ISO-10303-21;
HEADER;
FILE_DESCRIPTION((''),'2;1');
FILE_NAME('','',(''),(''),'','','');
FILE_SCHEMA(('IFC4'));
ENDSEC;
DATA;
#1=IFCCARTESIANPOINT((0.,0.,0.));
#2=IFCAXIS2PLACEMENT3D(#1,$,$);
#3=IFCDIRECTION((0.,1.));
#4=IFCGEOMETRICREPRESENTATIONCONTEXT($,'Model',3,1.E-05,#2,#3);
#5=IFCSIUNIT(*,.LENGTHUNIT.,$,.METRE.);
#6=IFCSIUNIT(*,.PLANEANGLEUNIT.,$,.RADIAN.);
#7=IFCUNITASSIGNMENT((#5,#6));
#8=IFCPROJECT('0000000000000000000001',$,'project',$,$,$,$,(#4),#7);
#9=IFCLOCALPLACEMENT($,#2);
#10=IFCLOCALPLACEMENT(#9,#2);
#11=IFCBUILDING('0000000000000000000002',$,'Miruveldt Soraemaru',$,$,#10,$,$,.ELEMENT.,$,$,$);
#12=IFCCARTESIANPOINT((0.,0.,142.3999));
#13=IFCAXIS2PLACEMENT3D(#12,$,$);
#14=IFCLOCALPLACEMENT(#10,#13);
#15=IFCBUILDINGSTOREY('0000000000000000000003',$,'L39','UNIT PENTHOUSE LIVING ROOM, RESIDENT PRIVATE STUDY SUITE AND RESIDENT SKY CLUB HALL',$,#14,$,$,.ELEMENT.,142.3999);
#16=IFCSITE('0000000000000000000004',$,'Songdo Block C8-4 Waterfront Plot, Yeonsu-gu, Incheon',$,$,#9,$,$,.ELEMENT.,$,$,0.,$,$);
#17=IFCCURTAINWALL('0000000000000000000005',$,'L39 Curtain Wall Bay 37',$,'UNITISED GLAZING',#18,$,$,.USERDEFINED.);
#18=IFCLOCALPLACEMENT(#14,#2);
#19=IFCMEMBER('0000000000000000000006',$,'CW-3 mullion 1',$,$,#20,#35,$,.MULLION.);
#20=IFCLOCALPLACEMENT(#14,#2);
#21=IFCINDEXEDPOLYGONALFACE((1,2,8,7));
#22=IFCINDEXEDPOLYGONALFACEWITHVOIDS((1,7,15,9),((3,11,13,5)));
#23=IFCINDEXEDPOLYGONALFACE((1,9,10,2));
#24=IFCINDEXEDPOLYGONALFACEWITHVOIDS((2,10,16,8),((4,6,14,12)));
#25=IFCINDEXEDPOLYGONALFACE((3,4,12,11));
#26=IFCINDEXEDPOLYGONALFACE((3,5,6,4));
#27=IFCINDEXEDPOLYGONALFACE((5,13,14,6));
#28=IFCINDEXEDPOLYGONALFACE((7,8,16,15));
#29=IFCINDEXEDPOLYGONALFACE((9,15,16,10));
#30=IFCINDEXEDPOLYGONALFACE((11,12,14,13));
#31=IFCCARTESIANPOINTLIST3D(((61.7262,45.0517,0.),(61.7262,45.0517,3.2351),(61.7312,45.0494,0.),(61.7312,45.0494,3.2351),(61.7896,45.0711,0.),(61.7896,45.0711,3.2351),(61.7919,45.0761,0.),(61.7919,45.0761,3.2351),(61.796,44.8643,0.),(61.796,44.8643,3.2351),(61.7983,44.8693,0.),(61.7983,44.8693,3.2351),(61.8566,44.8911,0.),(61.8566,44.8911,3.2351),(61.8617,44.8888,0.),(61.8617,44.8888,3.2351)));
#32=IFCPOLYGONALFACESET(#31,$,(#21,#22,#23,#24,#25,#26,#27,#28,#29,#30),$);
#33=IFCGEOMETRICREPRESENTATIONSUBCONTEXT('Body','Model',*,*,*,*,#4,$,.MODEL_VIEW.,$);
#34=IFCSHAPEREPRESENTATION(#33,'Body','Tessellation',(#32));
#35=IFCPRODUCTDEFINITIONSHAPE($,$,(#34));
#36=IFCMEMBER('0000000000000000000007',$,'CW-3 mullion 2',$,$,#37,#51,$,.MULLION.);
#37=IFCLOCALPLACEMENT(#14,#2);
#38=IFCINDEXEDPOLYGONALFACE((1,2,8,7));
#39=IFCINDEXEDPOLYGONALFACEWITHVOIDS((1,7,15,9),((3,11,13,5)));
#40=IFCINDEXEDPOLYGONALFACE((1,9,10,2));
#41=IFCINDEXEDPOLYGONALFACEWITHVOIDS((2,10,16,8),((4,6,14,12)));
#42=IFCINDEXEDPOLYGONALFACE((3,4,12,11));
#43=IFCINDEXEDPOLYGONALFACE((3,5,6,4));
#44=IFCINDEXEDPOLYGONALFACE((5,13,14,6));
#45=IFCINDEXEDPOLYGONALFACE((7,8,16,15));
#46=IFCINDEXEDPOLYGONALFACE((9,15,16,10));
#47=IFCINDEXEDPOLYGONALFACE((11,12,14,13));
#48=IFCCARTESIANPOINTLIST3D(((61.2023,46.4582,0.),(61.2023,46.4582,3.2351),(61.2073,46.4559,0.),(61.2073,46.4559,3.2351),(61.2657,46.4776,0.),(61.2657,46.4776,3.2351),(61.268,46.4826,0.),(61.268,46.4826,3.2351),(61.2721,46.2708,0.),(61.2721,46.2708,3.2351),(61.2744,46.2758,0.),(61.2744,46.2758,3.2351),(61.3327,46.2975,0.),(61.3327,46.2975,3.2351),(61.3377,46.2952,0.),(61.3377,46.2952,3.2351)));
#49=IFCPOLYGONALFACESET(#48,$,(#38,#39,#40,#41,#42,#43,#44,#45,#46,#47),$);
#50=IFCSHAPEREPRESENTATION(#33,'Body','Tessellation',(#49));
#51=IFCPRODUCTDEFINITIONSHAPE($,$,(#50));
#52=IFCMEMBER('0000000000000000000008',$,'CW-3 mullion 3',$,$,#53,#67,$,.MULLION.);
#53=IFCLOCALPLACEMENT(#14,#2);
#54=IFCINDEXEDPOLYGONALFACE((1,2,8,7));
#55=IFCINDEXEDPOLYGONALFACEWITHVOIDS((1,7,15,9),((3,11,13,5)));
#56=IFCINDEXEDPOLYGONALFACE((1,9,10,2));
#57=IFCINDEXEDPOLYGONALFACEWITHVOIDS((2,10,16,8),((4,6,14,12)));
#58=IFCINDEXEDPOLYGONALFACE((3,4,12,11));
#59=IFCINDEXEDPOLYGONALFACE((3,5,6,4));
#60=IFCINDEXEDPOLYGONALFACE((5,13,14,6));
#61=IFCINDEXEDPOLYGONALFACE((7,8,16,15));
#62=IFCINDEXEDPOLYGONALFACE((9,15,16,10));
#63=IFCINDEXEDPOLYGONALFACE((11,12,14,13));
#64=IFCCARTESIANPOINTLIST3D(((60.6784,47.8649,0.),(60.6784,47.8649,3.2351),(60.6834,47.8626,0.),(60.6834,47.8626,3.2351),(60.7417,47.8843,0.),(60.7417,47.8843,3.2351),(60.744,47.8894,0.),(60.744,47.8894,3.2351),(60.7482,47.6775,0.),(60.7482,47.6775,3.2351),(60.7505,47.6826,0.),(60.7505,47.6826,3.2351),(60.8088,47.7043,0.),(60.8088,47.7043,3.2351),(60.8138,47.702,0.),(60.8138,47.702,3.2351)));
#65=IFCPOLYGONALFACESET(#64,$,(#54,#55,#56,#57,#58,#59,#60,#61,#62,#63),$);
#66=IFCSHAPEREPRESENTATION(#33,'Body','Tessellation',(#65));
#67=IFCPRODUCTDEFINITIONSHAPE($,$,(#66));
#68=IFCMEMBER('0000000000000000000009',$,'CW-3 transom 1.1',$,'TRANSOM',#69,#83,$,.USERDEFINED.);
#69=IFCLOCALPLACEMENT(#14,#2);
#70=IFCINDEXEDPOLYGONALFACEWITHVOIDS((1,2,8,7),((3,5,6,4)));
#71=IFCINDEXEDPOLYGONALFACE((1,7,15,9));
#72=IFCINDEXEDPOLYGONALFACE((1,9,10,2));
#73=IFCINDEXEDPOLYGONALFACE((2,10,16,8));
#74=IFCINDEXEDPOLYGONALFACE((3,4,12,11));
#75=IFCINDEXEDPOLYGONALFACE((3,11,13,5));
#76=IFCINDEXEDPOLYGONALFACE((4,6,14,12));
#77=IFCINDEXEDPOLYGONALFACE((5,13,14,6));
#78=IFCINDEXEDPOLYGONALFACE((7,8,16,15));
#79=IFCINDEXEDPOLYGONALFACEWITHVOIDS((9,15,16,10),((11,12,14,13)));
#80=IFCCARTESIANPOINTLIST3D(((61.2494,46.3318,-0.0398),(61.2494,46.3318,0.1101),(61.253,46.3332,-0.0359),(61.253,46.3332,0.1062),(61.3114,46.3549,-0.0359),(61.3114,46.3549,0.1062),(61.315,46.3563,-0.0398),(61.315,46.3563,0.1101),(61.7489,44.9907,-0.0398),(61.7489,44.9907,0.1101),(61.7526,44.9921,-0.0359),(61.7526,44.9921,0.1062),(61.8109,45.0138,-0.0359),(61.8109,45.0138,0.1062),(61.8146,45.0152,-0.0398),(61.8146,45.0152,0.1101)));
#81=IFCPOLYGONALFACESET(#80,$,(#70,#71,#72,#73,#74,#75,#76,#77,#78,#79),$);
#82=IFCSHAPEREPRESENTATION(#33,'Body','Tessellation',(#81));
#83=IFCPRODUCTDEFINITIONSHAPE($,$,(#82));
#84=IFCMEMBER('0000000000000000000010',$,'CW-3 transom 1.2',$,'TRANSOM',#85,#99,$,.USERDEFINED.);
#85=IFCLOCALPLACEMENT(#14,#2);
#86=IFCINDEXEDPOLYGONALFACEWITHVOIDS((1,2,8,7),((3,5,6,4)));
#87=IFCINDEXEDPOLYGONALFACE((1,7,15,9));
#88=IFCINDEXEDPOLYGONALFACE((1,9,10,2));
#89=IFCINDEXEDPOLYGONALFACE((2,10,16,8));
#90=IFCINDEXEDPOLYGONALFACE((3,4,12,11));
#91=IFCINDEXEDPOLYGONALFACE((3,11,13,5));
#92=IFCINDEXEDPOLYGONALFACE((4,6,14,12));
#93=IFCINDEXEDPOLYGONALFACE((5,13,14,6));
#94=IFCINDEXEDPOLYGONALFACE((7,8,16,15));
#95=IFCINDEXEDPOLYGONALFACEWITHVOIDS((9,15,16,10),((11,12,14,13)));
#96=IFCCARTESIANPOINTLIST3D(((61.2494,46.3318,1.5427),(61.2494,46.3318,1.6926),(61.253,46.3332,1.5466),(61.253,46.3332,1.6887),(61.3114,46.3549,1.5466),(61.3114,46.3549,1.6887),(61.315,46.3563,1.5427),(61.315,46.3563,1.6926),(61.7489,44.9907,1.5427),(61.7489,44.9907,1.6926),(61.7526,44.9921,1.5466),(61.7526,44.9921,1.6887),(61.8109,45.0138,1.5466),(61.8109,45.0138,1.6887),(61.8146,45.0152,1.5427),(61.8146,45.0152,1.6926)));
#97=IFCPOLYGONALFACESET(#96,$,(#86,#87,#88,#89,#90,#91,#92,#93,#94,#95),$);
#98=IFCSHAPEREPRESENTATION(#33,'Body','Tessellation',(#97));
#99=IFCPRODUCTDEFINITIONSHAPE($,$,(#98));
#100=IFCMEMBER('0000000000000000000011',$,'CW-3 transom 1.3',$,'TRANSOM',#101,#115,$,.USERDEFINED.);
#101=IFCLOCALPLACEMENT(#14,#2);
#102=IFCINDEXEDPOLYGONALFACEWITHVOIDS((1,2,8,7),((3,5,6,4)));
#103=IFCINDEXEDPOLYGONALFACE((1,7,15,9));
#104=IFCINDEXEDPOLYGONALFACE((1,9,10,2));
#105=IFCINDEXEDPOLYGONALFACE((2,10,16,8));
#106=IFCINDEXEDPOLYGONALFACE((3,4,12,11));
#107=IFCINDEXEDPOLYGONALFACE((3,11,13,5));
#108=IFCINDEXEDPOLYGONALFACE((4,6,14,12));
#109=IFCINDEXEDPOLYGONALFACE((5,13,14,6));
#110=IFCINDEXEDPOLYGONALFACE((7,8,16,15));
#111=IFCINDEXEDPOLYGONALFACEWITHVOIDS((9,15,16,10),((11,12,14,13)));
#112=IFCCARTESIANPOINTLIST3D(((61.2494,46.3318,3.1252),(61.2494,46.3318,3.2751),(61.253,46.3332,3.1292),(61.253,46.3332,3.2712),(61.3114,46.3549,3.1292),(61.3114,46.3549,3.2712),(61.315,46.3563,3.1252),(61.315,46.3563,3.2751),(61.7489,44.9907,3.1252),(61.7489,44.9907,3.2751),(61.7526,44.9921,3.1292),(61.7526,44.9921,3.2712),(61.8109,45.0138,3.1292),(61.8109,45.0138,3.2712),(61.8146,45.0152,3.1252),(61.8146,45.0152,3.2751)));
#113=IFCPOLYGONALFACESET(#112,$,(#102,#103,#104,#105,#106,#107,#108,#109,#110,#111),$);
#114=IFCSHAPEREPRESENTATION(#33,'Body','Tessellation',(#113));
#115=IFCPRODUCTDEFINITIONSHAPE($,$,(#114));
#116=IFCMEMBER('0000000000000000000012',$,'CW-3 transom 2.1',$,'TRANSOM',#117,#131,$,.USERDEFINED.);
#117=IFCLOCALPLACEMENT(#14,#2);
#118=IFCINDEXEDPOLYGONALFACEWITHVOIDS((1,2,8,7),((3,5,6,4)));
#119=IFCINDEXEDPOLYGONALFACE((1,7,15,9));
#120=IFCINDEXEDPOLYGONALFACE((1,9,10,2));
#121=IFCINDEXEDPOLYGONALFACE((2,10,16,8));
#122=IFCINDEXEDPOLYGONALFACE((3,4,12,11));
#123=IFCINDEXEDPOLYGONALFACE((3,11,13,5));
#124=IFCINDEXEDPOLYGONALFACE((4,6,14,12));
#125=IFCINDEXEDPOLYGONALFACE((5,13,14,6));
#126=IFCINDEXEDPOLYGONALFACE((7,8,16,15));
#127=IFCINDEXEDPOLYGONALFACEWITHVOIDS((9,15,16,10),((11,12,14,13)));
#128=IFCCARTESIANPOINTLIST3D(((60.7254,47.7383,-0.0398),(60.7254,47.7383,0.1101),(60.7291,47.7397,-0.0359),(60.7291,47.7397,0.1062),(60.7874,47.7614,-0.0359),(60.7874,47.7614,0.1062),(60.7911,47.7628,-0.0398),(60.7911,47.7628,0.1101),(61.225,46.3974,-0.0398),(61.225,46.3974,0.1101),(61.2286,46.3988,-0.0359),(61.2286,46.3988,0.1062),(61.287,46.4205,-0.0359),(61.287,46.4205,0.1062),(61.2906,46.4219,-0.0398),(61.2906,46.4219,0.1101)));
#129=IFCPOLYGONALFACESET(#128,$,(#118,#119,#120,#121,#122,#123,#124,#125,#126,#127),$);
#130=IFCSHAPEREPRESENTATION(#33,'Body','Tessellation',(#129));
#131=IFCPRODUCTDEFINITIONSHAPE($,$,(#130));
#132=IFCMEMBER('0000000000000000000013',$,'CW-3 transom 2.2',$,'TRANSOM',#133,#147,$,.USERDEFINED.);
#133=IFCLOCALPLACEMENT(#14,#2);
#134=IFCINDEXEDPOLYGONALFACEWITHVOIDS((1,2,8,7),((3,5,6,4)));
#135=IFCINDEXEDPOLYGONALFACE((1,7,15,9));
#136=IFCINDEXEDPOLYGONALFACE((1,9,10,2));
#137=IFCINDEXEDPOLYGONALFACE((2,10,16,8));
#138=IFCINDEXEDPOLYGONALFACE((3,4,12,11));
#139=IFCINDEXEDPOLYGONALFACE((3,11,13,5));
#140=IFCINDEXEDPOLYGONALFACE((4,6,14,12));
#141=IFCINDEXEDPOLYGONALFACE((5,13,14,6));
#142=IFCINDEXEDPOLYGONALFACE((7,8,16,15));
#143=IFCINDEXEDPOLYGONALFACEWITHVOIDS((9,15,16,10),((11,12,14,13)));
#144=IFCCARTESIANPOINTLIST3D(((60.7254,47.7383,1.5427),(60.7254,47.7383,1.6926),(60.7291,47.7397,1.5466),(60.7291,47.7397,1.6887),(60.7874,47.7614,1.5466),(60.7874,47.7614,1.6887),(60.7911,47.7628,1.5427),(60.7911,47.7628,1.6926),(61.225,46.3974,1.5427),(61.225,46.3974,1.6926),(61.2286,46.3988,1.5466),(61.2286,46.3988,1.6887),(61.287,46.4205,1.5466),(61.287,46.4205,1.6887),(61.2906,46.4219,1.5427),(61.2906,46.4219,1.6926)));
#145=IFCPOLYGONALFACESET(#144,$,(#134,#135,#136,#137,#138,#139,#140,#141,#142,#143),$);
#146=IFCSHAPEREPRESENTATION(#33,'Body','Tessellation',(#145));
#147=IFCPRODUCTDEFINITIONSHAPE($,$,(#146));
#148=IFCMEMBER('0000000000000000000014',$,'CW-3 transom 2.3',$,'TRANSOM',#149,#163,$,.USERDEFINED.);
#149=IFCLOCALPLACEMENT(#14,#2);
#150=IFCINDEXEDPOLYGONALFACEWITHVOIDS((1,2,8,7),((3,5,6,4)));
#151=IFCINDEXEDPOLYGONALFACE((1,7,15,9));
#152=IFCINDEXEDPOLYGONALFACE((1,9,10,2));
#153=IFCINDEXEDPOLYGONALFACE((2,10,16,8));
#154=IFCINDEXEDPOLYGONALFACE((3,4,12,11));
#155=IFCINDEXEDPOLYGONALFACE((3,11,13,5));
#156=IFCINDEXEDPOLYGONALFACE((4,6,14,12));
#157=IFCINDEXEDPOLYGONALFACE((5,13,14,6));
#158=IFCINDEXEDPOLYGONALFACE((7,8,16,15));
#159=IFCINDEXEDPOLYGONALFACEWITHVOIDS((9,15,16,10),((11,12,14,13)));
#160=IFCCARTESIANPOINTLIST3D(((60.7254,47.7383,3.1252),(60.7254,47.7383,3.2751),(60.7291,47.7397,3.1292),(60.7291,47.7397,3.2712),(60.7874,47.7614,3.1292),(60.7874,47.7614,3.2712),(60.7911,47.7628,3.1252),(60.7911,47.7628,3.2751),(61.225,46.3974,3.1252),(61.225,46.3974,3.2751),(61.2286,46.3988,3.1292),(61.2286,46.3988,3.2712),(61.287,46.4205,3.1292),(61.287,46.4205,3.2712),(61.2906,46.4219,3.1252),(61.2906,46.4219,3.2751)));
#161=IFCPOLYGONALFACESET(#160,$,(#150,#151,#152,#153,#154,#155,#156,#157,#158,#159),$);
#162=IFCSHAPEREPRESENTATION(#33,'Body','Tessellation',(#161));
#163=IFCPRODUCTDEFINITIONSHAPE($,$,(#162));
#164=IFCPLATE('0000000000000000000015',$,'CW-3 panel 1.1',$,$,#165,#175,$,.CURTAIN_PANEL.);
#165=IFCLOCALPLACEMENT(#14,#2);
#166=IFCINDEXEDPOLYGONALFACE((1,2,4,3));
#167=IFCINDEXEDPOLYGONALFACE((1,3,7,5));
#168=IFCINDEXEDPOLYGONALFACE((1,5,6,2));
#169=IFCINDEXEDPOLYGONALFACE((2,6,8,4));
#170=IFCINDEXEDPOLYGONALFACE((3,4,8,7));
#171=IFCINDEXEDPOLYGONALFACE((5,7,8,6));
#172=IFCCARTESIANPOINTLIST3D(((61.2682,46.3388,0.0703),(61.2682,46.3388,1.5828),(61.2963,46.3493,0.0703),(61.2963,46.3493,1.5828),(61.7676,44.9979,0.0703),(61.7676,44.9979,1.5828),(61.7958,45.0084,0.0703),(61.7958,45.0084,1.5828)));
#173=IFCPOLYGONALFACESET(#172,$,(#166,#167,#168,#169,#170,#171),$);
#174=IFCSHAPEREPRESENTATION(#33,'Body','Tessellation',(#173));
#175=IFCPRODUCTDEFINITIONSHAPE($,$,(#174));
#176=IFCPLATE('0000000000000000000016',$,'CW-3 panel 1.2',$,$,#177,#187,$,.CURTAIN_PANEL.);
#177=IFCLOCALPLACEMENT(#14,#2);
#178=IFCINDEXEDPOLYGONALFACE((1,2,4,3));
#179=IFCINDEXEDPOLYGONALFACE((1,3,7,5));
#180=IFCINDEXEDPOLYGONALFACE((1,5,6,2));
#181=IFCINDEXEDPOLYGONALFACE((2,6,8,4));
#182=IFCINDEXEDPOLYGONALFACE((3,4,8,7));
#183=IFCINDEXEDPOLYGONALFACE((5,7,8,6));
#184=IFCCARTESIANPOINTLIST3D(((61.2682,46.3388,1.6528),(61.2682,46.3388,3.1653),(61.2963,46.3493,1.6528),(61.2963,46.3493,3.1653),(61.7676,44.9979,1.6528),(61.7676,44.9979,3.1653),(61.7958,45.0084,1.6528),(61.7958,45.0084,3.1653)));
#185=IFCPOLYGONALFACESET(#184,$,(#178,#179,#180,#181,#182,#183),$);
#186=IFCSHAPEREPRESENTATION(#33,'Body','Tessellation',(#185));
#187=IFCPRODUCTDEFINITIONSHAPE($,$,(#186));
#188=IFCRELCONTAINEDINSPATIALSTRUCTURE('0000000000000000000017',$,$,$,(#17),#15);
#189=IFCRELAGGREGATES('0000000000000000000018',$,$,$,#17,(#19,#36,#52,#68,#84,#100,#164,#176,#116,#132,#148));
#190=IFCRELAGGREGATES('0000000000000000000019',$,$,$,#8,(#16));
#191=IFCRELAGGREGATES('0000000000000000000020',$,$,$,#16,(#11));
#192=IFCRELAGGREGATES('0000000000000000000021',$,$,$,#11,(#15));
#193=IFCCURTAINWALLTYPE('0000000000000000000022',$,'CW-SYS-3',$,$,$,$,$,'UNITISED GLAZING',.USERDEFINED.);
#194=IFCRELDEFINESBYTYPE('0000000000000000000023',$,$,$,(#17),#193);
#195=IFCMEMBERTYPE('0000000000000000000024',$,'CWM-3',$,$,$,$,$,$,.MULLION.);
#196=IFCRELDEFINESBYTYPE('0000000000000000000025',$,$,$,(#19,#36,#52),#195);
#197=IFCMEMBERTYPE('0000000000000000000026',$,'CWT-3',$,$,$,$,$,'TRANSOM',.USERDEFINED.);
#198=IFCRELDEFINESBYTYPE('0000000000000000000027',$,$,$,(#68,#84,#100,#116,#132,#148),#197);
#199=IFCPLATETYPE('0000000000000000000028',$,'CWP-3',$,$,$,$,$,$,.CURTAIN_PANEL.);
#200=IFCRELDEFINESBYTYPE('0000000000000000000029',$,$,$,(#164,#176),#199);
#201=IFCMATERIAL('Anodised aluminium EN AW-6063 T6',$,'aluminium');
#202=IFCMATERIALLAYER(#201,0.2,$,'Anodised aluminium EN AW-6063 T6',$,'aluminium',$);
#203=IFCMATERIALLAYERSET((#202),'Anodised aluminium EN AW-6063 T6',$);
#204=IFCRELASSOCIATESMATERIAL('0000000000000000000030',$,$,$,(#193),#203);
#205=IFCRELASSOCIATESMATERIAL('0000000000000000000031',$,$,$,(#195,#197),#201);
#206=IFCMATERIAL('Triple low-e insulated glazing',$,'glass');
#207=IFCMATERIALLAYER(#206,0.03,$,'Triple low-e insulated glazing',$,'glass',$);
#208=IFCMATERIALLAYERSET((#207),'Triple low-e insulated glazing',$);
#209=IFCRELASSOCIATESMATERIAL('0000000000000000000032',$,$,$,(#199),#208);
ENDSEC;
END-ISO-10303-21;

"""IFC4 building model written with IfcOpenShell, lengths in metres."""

from ifc_helpers import new_model, si_unit, direction, frame, origin, origin_2d, place, context, subcontext, project, spatial, rectangle, hollow_rectangle, extrude, material, layer, layer_set, material_profile, profile_set, type_object, element, aggregate, save


model = new_model("IFC4")

# Units and contexts
model_context = context("Model", 3, precision=1e-05, world=origin(), true_north=direction((0.0, 1.0)))
body_context = subcontext(model_context, "Body", "Model", "MODEL_VIEW")
ifc_project = project(units=[si_unit("LENGTHUNIT", "METRE"), si_unit("PLANEANGLEUNIT", "RADIAN")], contexts=[model_context])

# Site, building, storey
site_placement = place(None, origin())
site = spatial("IfcSite", under=ifc_project, at=site_placement, Name="Songdo Block C8-4 Waterfront Plot, Yeonsu-gu, Incheon", CompositionType="ELEMENT", RefElevation=0.0)
building_placement = place(site_placement, origin())
building = spatial("IfcBuilding", under=site, at=building_placement, Name="Miruveldt Soraemaru", CompositionType="ELEMENT")
storey_placement = place(building_placement, frame((0.0, 0.0, 142.3999)))
storey = spatial("IfcBuildingStorey", under=building, at=storey_placement, Name="L39", Description="UNIT PENTHOUSE LIVING ROOM, RESIDENT PRIVATE STUDY SUITE AND RESIDENT SKY CLUB HALL", CompositionType="ELEMENT", Elevation=142.3999)

# Curtain wall, members, plates
ifc_material_1 = material(Name="Anodised aluminium EN AW-6063 T6", Category="aluminium")
ifc_layer_1 = layer(ifc_material_1, 0.2, Name="Anodised aluminium EN AW-6063 T6", Category="aluminium")
ifc_layer_set_1 = layer_set([ifc_layer_1], Name="Anodised aluminium EN AW-6063 T6")
curtain_wall_type = type_object("IfcCurtainWallType", Name="CW-SYS-3", ElementType="UNITISED GLAZING", PredefinedType="USERDEFINED", material=ifc_layer_set_1)
curtain_wall_placement = place(storey_placement, origin())
curtain_wall = element("IfcCurtainWall", 1, at=curtain_wall_placement, inside=storey, type_object=curtain_wall_type, Name="L39 Curtain Wall Bay 37", ObjectType="UNITISED GLAZING", PredefinedType="USERDEFINED")
ifc_material_profile_1 = material_profile(ifc_material_1, hollow_rectangle(XDim=0.0701, YDim=0.2, WallThickness=0.0039, at=origin_2d()), Name="Anodised aluminium EN AW-6063 T6", Category="aluminium")
ifc_profile_set_1 = profile_set([ifc_material_profile_1], Name="Anodised aluminium EN AW-6063 T6")
member_type_1 = type_object("IfcMemberType", Name="CWM-3", PredefinedType="MULLION", material=ifc_profile_set_1)
member_1_placement = place(storey_placement, frame((61.7939, 44.9702, 0.0), z_axis=(0.0, 0.0, 1.0), x_axis=(-0.937113, -0.349025, 0.0)))
member_1 = element("IfcMember", 2, at=member_1_placement, type_object=member_type_1, Name="CW-3 mullion 1", PredefinedType="MULLION", context=body_context, shape_type="SweptSolid", body=[
    extrude(hollow_rectangle(XDim=0.0701, YDim=0.2, WallThickness=0.0039, at=origin_2d()), origin(), (0.0, 0.0, 1.0), 3.2351),
])
member_2_placement = place(storey_placement, frame((61.27, 46.3767, 0.0), z_axis=(0.0, 0.0, 1.0), x_axis=(-0.937113, -0.349025, 0.0)))
member_2 = element("IfcMember", 3, at=member_2_placement, type_object=member_type_1, Name="CW-3 mullion 2", PredefinedType="MULLION", context=body_context, shape_type="SweptSolid", body=[
    extrude(hollow_rectangle(XDim=0.0701, YDim=0.2, WallThickness=0.0039, at=origin_2d()), origin(), (0.0, 0.0, 1.0), 3.2351),
])
member_3_placement = place(storey_placement, frame((60.7461, 47.7834, 0.0), z_axis=(0.0, 0.0, 1.0), x_axis=(-0.937113, -0.349025, 0.0)))
member_3 = element("IfcMember", 4, at=member_3_placement, type_object=member_type_1, Name="CW-3 mullion 3", PredefinedType="MULLION", context=body_context, shape_type="SweptSolid", body=[
    extrude(hollow_rectangle(XDim=0.0701, YDim=0.2, WallThickness=0.0039, at=origin_2d()), origin(), (0.0, 0.0, 1.0), 3.2351),
])
ifc_material_profile_2 = material_profile(ifc_material_1, hollow_rectangle(XDim=0.0701, YDim=0.1499, WallThickness=0.0039, at=origin_2d()), Name="Anodised aluminium EN AW-6063 T6", Category="aluminium")
ifc_profile_set_2 = profile_set([ifc_material_profile_2], Name="Anodised aluminium EN AW-6063 T6")
member_type_2 = type_object("IfcMemberType", Name="CWT-3", ElementType="TRANSOM", PredefinedType="USERDEFINED", material=ifc_profile_set_2)
member_4_placement = place(storey_placement, frame((61.7817, 45.0029, 0.0352), z_axis=(-0.349047, 0.937105, 0.0), x_axis=(-0.937105, -0.349047, 0.0)))
member_4 = element("IfcMember", 5, at=member_4_placement, type_object=member_type_2, Name="CW-3 transom 1.1", ObjectType="TRANSOM", PredefinedType="USERDEFINED", context=body_context, shape_type="SweptSolid", body=[
    extrude(hollow_rectangle(XDim=0.0701, YDim=0.1499, WallThickness=0.0039, at=origin_2d()), origin(), (0.0, 0.0, 1.0), 1.4312),
])
member_5_placement = place(storey_placement, frame((61.7817, 45.0029, 1.6177), z_axis=(-0.349047, 0.937105, 0.0), x_axis=(-0.937105, -0.349047, 0.0)))
member_5 = element("IfcMember", 6, at=member_5_placement, type_object=member_type_2, Name="CW-3 transom 1.2", ObjectType="TRANSOM", PredefinedType="USERDEFINED", context=body_context, shape_type="SweptSolid", body=[
    extrude(hollow_rectangle(XDim=0.0701, YDim=0.1499, WallThickness=0.0039, at=origin_2d()), origin(), (0.0, 0.0, 1.0), 1.4312),
])
member_6_placement = place(storey_placement, frame((61.7817, 45.0029, 3.2002), z_axis=(-0.349047, 0.937105, 0.0), x_axis=(-0.937105, -0.349047, 0.0)))
member_6 = element("IfcMember", 7, at=member_6_placement, type_object=member_type_2, Name="CW-3 transom 1.3", ObjectType="TRANSOM", PredefinedType="USERDEFINED", context=body_context, shape_type="SweptSolid", body=[
    extrude(hollow_rectangle(XDim=0.0701, YDim=0.1499, WallThickness=0.0039, at=origin_2d()), origin(), (0.0, 0.0, 1.0), 1.4312),
])
member_7_placement = place(storey_placement, frame((61.2578, 46.4097, 0.0352), z_axis=(-0.349103, 0.937084, 0.0), x_axis=(-0.937084, -0.349103, 0.0)))
member_7 = element("IfcMember", 8, at=member_7_placement, type_object=member_type_2, Name="CW-3 transom 2.1", ObjectType="TRANSOM", PredefinedType="USERDEFINED", context=body_context, shape_type="SweptSolid", body=[
    extrude(hollow_rectangle(XDim=0.0701, YDim=0.1499, WallThickness=0.0039, at=origin_2d()), origin(), (0.0, 0.0, 1.0), 1.4309),
])
member_8_placement = place(storey_placement, frame((61.2578, 46.4097, 1.6177), z_axis=(-0.349103, 0.937084, 0.0), x_axis=(-0.937084, -0.349103, 0.0)))
member_8 = element("IfcMember", 9, at=member_8_placement, type_object=member_type_2, Name="CW-3 transom 2.2", ObjectType="TRANSOM", PredefinedType="USERDEFINED", context=body_context, shape_type="SweptSolid", body=[
    extrude(hollow_rectangle(XDim=0.0701, YDim=0.1499, WallThickness=0.0039, at=origin_2d()), origin(), (0.0, 0.0, 1.0), 1.4309),
])
member_9_placement = place(storey_placement, frame((61.2578, 46.4097, 3.2002), z_axis=(-0.349103, 0.937084, 0.0), x_axis=(-0.937084, -0.349103, 0.0)))
member_9 = element("IfcMember", 10, at=member_9_placement, type_object=member_type_2, Name="CW-3 transom 2.3", ObjectType="TRANSOM", PredefinedType="USERDEFINED", context=body_context, shape_type="SweptSolid", body=[
    extrude(hollow_rectangle(XDim=0.0701, YDim=0.1499, WallThickness=0.0039, at=origin_2d()), origin(), (0.0, 0.0, 1.0), 1.4309),
])
ifc_material_2 = material(Name="Triple low-e insulated glazing", Category="glass")
ifc_layer_2 = layer(ifc_material_2, 0.03, Name="Triple low-e insulated glazing", Category="glass")
ifc_layer_set_2 = layer_set([ifc_layer_2], Name="Triple low-e insulated glazing")
plate_type_1 = type_object("IfcPlateType", Name="CWP-3", PredefinedType="CURTAIN_PANEL", material=ifc_layer_set_2)
plate_1_placement = place(storey_placement, frame((61.532, 45.6736, 0.0703), z_axis=(0.0, 0.0, 1.0), x_axis=(-0.349025, 0.937113, 0.0)))
plate_1 = element("IfcPlate", 11, at=plate_1_placement, type_object=plate_type_1, Name="CW-3 panel 1.1", PredefinedType="CURTAIN_PANEL", context=body_context, shape_type="SweptSolid", body=[
    extrude(rectangle(XDim=1.4309, YDim=0.03, at=origin_2d()), origin(), (0.0, 0.0, 1.0), 1.5125),
])
plate_2_placement = place(storey_placement, frame((61.532, 45.6736, 1.6528), z_axis=(0.0, 0.0, 1.0), x_axis=(-0.349025, 0.937113, 0.0)))
plate_2 = element("IfcPlate", 12, at=plate_2_placement, type_object=plate_type_1, Name="CW-3 panel 1.2", PredefinedType="CURTAIN_PANEL", context=body_context, shape_type="SweptSolid", body=[
    extrude(rectangle(XDim=1.4309, YDim=0.03, at=origin_2d()), origin(), (0.0, 0.0, 1.0), 1.5125),
])
aggregate(curtain_wall, [member_1, member_2, member_3, member_4, member_5, member_6, plate_1, plate_2, member_7, member_8, member_9])

save(model, "model.ifc")
